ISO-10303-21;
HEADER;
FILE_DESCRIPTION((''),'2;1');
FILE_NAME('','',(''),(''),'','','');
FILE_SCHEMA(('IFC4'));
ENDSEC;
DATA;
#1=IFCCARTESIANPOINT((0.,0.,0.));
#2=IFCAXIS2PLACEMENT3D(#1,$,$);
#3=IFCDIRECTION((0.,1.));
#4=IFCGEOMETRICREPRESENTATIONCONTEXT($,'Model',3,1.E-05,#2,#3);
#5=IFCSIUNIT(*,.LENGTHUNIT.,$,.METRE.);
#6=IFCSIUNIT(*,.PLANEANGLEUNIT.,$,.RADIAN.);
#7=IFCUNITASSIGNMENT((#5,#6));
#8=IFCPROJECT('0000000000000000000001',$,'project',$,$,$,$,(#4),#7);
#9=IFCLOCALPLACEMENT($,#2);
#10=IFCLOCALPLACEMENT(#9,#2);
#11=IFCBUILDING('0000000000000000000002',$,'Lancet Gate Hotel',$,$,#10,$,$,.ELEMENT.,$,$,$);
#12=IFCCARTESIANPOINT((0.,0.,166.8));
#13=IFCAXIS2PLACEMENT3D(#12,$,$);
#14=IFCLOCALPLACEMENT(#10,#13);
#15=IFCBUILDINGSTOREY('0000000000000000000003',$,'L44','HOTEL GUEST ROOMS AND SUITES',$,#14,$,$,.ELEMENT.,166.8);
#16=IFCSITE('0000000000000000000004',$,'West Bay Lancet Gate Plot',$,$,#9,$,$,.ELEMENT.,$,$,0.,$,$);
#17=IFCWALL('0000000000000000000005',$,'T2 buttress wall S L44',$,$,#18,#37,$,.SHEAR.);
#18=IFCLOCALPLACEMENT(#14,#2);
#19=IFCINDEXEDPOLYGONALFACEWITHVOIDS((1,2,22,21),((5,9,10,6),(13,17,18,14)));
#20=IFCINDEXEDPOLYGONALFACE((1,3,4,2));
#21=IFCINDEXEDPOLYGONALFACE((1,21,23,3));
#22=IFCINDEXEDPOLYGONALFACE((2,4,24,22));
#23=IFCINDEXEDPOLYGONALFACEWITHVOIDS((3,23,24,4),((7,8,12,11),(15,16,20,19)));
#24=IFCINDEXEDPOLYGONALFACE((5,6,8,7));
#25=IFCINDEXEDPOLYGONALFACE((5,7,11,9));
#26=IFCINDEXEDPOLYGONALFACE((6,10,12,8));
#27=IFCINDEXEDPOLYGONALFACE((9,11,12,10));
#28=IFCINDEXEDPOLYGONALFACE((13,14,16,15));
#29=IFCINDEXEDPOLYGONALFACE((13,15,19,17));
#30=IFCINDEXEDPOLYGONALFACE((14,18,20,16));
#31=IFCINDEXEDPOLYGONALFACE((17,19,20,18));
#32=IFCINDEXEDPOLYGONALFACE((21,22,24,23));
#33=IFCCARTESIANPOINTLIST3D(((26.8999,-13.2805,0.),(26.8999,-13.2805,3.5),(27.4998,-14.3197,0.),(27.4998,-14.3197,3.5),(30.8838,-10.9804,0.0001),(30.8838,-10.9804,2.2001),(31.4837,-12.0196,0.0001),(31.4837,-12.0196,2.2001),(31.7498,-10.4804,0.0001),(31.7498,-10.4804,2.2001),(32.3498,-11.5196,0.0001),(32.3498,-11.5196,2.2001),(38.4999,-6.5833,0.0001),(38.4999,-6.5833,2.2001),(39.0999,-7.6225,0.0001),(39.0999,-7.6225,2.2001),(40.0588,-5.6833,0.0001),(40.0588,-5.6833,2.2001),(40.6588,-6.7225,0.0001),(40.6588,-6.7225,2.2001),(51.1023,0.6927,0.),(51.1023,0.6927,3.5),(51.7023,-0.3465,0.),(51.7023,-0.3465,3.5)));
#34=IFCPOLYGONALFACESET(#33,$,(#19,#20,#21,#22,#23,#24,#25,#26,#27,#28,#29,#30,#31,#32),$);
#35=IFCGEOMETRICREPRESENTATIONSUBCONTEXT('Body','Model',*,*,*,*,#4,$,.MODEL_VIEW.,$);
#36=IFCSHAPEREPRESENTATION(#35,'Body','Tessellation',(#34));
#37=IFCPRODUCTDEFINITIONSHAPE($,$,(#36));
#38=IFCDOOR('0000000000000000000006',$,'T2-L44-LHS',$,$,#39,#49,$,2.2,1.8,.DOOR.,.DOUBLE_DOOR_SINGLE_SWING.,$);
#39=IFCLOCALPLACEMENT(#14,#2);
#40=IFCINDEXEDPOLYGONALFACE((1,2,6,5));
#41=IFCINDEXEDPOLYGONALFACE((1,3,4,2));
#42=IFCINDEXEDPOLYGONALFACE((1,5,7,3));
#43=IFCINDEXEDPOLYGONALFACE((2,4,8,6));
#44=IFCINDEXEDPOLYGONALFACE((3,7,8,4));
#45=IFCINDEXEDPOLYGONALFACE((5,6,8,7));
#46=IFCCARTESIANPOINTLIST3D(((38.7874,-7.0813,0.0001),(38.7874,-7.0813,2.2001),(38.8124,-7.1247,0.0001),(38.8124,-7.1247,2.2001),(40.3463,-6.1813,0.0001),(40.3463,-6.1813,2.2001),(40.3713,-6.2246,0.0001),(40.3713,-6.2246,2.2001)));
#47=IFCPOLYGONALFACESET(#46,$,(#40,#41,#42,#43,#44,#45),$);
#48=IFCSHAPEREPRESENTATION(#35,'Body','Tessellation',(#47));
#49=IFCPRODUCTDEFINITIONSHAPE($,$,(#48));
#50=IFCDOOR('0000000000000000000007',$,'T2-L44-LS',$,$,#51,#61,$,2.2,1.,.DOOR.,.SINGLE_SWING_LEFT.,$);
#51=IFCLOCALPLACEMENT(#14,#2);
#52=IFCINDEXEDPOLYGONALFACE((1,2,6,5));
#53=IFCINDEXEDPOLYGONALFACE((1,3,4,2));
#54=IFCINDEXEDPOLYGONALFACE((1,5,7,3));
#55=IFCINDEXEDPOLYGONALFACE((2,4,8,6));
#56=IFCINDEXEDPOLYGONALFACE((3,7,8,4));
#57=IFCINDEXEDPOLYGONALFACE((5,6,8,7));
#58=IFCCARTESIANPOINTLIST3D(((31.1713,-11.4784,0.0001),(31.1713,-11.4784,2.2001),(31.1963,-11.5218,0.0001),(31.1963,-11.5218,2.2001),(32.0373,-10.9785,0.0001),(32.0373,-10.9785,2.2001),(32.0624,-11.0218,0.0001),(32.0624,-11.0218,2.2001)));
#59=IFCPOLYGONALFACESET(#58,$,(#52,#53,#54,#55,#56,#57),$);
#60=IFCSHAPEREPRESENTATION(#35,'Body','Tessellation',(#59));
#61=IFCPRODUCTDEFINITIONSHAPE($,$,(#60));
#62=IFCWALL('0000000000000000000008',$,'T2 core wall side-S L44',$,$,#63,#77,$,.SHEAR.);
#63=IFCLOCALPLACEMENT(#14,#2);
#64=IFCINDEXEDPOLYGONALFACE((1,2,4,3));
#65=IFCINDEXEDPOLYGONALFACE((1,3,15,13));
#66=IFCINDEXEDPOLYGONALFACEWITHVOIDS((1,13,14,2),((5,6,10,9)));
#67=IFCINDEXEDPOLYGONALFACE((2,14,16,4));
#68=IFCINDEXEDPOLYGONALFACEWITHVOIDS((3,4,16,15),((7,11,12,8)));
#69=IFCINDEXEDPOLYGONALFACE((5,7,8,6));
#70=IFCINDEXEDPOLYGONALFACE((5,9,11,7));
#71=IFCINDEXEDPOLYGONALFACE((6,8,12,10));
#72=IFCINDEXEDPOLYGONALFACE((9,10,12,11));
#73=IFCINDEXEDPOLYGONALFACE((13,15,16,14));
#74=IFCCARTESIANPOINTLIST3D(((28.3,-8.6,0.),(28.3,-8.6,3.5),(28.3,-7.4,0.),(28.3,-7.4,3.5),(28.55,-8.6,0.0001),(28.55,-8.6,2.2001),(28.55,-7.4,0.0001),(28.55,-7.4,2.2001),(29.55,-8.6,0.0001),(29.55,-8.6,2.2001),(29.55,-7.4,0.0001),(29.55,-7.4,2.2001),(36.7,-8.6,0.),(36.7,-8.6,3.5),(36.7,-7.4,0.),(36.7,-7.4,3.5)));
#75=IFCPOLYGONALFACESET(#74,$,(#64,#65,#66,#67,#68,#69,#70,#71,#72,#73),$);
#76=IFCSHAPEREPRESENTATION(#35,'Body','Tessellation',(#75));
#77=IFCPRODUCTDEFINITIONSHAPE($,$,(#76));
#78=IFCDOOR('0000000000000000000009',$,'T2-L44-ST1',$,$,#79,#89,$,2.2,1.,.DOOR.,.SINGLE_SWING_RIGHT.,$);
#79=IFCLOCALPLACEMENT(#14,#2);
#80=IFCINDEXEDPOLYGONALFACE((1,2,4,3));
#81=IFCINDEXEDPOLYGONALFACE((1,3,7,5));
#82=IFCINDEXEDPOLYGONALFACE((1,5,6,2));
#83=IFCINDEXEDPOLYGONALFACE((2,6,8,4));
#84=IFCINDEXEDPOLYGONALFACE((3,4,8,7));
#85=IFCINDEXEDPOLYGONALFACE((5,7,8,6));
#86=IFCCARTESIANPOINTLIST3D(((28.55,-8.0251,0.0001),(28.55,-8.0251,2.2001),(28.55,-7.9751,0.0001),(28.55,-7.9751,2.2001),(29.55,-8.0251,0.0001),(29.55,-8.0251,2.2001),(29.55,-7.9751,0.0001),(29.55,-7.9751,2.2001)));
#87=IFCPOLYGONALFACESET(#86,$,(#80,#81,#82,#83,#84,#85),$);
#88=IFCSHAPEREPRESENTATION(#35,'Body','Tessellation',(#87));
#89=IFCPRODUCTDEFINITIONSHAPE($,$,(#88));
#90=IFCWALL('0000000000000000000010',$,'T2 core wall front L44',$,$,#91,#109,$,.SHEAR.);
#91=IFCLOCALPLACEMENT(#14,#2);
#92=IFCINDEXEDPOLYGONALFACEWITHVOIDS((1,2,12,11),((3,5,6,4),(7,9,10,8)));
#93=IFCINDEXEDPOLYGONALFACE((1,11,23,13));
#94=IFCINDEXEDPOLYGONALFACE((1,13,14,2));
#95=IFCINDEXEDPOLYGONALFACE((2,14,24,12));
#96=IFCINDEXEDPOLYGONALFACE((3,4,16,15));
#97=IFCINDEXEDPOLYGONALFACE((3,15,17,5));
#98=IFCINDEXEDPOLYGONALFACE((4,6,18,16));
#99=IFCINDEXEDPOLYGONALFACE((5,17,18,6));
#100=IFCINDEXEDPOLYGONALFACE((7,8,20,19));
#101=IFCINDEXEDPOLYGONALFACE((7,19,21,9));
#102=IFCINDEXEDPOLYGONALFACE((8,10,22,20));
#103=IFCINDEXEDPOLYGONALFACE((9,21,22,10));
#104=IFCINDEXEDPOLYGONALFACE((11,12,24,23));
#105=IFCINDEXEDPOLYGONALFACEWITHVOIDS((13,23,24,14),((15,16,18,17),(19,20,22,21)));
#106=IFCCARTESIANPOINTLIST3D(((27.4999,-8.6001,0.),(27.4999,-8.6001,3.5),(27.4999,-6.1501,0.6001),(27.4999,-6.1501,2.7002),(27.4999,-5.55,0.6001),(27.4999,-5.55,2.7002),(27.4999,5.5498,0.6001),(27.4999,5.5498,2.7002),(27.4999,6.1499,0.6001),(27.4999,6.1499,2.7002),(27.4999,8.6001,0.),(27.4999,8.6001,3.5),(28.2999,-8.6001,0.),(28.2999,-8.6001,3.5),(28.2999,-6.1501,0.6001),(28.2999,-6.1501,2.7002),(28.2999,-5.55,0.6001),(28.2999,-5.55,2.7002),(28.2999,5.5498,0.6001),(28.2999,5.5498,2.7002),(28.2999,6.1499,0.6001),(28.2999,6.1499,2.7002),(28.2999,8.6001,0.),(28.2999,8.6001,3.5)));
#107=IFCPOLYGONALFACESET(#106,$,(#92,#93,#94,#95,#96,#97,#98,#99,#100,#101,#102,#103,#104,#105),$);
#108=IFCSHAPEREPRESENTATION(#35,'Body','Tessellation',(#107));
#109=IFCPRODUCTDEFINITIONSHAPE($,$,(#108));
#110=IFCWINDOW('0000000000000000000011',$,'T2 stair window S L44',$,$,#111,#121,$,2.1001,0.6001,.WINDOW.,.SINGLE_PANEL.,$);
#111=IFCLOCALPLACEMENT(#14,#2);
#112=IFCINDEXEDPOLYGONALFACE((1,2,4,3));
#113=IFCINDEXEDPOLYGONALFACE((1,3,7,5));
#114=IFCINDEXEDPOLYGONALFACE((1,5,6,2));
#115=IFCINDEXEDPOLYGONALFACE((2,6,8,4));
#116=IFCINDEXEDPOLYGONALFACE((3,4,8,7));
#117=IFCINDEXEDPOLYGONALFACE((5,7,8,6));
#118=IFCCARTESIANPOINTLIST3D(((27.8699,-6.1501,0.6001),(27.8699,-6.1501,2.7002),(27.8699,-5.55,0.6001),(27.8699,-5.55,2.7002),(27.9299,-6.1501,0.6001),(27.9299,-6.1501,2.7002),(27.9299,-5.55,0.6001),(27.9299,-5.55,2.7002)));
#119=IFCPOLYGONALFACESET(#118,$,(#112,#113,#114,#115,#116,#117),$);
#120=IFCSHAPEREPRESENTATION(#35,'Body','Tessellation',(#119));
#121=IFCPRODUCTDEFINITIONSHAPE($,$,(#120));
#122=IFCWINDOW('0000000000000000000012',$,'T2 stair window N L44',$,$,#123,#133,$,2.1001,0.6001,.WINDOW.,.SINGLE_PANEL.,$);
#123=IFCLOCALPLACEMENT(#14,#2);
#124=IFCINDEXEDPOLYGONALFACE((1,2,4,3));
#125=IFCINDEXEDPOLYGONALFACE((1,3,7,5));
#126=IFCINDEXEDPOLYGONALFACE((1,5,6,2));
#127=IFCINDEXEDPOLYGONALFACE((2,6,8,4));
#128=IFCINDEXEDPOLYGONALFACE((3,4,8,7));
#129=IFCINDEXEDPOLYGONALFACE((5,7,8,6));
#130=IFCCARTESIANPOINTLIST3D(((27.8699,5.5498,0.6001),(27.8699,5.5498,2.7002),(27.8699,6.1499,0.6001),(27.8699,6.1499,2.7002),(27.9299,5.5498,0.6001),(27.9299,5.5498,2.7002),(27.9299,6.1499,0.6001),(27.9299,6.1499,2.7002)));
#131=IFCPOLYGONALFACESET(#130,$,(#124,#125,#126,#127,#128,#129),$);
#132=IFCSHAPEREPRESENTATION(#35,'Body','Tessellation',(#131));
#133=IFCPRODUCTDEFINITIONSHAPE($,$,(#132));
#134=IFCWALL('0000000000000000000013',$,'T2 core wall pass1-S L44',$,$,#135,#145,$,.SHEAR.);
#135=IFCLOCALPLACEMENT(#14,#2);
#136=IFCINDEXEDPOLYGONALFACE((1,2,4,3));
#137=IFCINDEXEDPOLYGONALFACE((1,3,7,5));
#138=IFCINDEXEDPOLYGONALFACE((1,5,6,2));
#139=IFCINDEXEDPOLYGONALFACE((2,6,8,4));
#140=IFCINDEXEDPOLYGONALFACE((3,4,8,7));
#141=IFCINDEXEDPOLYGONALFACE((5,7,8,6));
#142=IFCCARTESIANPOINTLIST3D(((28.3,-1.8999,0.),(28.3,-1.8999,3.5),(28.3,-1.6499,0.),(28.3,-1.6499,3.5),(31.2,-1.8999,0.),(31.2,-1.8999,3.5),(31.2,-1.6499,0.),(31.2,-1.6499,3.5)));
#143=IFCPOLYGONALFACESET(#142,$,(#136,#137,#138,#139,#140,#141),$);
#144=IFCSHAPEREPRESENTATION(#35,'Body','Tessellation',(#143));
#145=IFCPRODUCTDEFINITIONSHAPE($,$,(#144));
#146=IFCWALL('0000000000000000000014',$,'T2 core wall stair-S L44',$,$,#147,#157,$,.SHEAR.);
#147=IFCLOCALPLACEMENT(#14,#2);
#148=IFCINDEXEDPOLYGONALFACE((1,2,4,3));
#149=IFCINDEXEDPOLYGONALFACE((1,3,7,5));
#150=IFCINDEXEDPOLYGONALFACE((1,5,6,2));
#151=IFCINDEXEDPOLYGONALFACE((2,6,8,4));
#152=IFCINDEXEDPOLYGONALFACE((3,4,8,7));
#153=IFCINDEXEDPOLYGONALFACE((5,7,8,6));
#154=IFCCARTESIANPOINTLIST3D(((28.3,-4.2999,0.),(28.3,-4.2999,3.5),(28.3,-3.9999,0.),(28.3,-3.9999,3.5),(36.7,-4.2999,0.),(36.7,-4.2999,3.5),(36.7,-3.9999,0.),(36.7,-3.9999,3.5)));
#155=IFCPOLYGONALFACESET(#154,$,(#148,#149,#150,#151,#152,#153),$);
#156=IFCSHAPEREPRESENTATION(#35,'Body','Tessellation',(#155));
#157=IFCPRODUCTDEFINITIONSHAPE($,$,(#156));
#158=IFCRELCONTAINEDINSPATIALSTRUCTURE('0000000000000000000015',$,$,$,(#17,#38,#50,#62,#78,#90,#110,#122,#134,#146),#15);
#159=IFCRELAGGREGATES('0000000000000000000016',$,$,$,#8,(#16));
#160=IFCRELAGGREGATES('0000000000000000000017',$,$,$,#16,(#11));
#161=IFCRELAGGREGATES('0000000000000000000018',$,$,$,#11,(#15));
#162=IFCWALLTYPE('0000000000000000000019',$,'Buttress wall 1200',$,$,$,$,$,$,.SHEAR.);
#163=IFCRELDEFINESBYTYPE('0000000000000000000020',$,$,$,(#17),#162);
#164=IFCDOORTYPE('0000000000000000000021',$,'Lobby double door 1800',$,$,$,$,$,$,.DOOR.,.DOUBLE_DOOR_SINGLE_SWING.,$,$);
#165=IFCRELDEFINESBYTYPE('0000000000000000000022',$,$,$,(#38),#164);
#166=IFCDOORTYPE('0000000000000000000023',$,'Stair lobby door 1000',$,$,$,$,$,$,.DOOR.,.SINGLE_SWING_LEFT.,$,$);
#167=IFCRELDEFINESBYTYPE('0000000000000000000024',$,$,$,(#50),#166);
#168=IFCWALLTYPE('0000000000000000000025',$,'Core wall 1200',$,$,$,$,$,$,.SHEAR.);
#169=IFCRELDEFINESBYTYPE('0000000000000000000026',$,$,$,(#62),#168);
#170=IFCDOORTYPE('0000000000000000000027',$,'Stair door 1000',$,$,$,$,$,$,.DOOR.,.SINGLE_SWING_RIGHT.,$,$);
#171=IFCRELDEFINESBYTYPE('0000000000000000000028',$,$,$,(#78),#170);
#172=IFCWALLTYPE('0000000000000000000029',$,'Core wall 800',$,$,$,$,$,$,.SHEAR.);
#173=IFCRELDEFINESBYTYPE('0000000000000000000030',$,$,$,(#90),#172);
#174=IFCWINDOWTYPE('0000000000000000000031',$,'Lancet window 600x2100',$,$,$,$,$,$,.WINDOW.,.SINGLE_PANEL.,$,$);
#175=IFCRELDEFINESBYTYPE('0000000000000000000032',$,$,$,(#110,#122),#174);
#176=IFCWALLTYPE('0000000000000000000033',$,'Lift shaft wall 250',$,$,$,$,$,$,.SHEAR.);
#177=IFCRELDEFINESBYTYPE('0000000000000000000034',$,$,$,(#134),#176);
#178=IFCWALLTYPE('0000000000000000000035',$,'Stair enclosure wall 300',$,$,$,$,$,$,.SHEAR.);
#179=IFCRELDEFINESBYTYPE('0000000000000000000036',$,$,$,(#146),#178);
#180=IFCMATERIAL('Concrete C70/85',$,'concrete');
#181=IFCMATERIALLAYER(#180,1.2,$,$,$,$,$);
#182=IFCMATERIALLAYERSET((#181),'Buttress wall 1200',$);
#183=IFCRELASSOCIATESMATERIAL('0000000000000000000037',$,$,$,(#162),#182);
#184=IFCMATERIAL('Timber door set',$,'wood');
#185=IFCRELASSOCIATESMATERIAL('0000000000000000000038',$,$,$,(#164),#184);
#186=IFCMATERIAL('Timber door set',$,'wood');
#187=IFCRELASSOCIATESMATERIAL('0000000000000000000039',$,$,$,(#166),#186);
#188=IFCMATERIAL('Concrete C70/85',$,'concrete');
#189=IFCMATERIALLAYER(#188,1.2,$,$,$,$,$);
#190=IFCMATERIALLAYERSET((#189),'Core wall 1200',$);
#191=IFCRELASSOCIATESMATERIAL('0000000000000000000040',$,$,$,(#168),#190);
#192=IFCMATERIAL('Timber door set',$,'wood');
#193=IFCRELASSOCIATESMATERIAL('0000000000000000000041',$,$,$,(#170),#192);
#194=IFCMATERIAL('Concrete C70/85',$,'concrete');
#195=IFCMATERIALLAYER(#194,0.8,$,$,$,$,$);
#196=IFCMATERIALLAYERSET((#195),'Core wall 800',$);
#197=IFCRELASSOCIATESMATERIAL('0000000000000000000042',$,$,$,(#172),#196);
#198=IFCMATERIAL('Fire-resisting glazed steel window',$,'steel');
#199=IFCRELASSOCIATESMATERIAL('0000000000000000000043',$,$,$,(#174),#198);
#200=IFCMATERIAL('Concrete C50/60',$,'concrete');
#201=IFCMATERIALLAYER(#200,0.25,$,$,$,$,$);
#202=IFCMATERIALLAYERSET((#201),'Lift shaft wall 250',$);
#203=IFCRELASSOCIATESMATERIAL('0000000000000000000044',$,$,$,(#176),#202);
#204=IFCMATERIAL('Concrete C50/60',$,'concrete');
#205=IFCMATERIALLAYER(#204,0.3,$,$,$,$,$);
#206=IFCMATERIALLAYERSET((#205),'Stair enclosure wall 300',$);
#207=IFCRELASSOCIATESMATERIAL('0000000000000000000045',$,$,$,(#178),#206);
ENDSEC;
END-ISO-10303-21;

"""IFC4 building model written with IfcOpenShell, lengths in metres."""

from ifc_helpers import new_model, si_unit, direction, frame, frame_2d, origin, place, context, subcontext, project, spatial, rectangle, extrude, material, layer, layer_set, type_object, element, fill, save


model = new_model("IFC4")

# Units and contexts
model_context = context("Model", 3, precision=1e-05, world=origin(), true_north=direction((0.0, 1.0)))
body_context = subcontext(model_context, "Body", "Model", "MODEL_VIEW")
ifc_project = project(units=[si_unit("LENGTHUNIT", "METRE"), si_unit("PLANEANGLEUNIT", "RADIAN")], contexts=[model_context])

# Site, building, storey
site_placement = place(None, origin())
site = spatial("IfcSite", under=ifc_project, at=site_placement, Name="West Bay Lancet Gate Plot", CompositionType="ELEMENT", RefElevation=0.0)
building_placement = place(site_placement, origin())
building = spatial("IfcBuilding", under=site, at=building_placement, Name="Lancet Gate Hotel", CompositionType="ELEMENT")
storey_placement = place(building_placement, frame((0.0, 0.0, 166.8)))
storey = spatial("IfcBuildingStorey", under=building, at=storey_placement, Name="L44", Description="HOTEL GUEST ROOMS AND SUITES", CompositionType="ELEMENT", Elevation=166.8)

# Wall, openings, doors
ifc_material_1 = material(Name="Concrete C70/85", Category="concrete")
ifc_layer_1 = layer(ifc_material_1, 1.2)
ifc_layer_set_1 = layer_set([ifc_layer_1], Name="Buttress wall 1200")
wall_type_1 = type_object("IfcWallType", Name="Buttress wall 1200", PredefinedType="SHEAR", material=ifc_layer_set_1)
wall_1_placement = place(storey_placement, frame((27.2, -13.8, 0.0), z_axis=(0.0, 0.0, 1.0), x_axis=(0.866027, 0.499997, 0.0)))
wall_1 = element("IfcWall", 1, at=wall_1_placement, inside=storey, type_object=wall_type_1, Name="T2 buttress wall S L44", PredefinedType="SHEAR", context=body_context, shape_type="SweptSolid", body=[
    extrude(rectangle(XDim=27.9465, YDim=1.2, at=frame_2d((13.9731, 0.0))), origin(), (0.0, 0.0, 1.0), 3.5),
])
opening_1_placement = place(wall_1_placement, frame((4.6001, 0.0, 0.0)))
opening_1 = element("IfcOpeningElement", 2, at=opening_1_placement, cuts=wall_1, PredefinedType="OPENING", context=body_context, shape_type="SweptSolid", body=[
    extrude(rectangle(XDim=1.0, YDim=2.2, at=frame_2d((0.5, 1.1001))), frame((0.0, 0.6099, 0.0), z_axis=(0.0, -1.0, 0.0), x_axis=(1.0, 0.0, 0.0)), (0.0, 0.0, 1.0), 1.22),
])
opening_2_placement = place(wall_1_placement, frame((13.3945, 0.0, 0.0)))
opening_2 = element("IfcOpeningElement", 3, at=opening_2_placement, cuts=wall_1, PredefinedType="OPENING", context=body_context, shape_type="SweptSolid", body=[
    extrude(rectangle(XDim=1.8, YDim=2.2, at=frame_2d((0.8999, 1.1001))), frame((0.0, 0.6099, 0.0), z_axis=(0.0, -1.0, 0.0), x_axis=(1.0, 0.0, 0.0)), (0.0, 0.0, 1.0), 1.22),
])
ifc_material_2 = material(Name="Timber door set", Category="wood")
door_type_1 = type_object("IfcDoorType", Name="Lobby double door 1800", OperationType="DOUBLE_DOOR_SINGLE_SWING", PredefinedType="DOOR", material=ifc_material_2)
door_1_placement = place(opening_2_placement, origin())
door_1 = element("IfcDoor", 4, at=door_1_placement, inside=storey, type_object=door_type_1, Name="T2-L44-LHS", OperationType="DOUBLE_DOOR_SINGLE_SWING", OverallHeight=2.2, OverallWidth=1.8, PredefinedType="DOOR", context=body_context, shape_type="SweptSolid", body=[
    extrude(rectangle(XDim=1.8, YDim=2.2, at=frame_2d((0.8999, 1.1001))), frame((0.0, 0.0249, 0.0), z_axis=(0.0, -1.0, 0.0), x_axis=(1.0, 0.0, 0.0)), (0.0, 0.0, 1.0), 0.05),
])
fill(opening_2, door_1)
ifc_material_3 = material(Name="Timber door set", Category="wood")
door_type_2 = type_object("IfcDoorType", Name="Stair lobby door 1000", OperationType="SINGLE_SWING_LEFT", PredefinedType="DOOR", material=ifc_material_3)
door_2_placement = place(opening_1_placement, origin())
door_2 = element("IfcDoor", 5, at=door_2_placement, inside=storey, type_object=door_type_2, Name="T2-L44-LS", OperationType="SINGLE_SWING_LEFT", OverallHeight=2.2, OverallWidth=1.0, PredefinedType="DOOR", context=body_context, shape_type="SweptSolid", body=[
    extrude(rectangle(XDim=1.0, YDim=2.2, at=frame_2d((0.5, 1.1001))), frame((0.0, 0.0249, 0.0), z_axis=(0.0, -1.0, 0.0), x_axis=(1.0, 0.0, 0.0)), (0.0, 0.0, 1.0), 0.05),
])
fill(opening_1, door_2)

# Wall, opening, door
ifc_material_4 = material(Name="Concrete C70/85", Category="concrete")
ifc_layer_2 = layer(ifc_material_4, 1.2)
ifc_layer_set_2 = layer_set([ifc_layer_2], Name="Core wall 1200")
wall_type_2 = type_object("IfcWallType", Name="Core wall 1200", PredefinedType="SHEAR", material=ifc_layer_set_2)
wall_2_placement = place(storey_placement, frame((28.3, -8.0, 0.0), z_axis=(0.0, 0.0, 1.0), x_axis=(1.0, 0.0, 0.0)))
wall_2 = element("IfcWall", 6, at=wall_2_placement, inside=storey, type_object=wall_type_2, Name="T2 core wall side-S L44", PredefinedType="SHEAR", context=body_context, shape_type="SweptSolid", body=[
    extrude(rectangle(XDim=8.3999, YDim=1.2, at=frame_2d((4.2, 0.0))), origin(), (0.0, 0.0, 1.0), 3.5),
])
opening_3_placement = place(wall_2_placement, frame((0.25, 0.0, 0.0)))
opening_3 = element("IfcOpeningElement", 7, at=opening_3_placement, cuts=wall_2, PredefinedType="OPENING", context=body_context, shape_type="SweptSolid", body=[
    extrude(rectangle(XDim=1.0, YDim=2.2, at=frame_2d((0.5, 1.1001))), frame((0.0, 0.6099, 0.0), z_axis=(0.0, -1.0, 0.0), x_axis=(1.0, 0.0, 0.0)), (0.0, 0.0, 1.0), 1.22),
])
ifc_material_5 = material(Name="Timber door set", Category="wood")
door_type_3 = type_object("IfcDoorType", Name="Stair door 1000", OperationType="SINGLE_SWING_RIGHT", PredefinedType="DOOR", material=ifc_material_5)
door_3_placement = place(opening_3_placement, origin())
door_3 = element("IfcDoor", 8, at=door_3_placement, inside=storey, type_object=door_type_3, Name="T2-L44-ST1", OperationType="SINGLE_SWING_RIGHT", OverallHeight=2.2, OverallWidth=1.0, PredefinedType="DOOR", context=body_context, shape_type="SweptSolid", body=[
    extrude(rectangle(XDim=1.0, YDim=2.2, at=frame_2d((0.5, 1.1001))), frame((0.0, 0.0249, 0.0), z_axis=(0.0, -1.0, 0.0), x_axis=(1.0, 0.0, 0.0)), (0.0, 0.0, 1.0), 0.05),
])
fill(opening_3, door_3)

# Wall, openings, windows
ifc_material_6 = material(Name="Concrete C70/85", Category="concrete")
ifc_layer_3 = layer(ifc_material_6, 0.8)
ifc_layer_set_3 = layer_set([ifc_layer_3], Name="Core wall 800")
wall_type_3 = type_object("IfcWallType", Name="Core wall 800", PredefinedType="SHEAR", material=ifc_layer_set_3)
wall_3_placement = place(storey_placement, frame((27.8999, -8.6001, 0.0), z_axis=(0.0, 0.0, 1.0), x_axis=(0.0, 1.0, 0.0)))
wall_3 = element("IfcWall", 9, at=wall_3_placement, inside=storey, type_object=wall_type_3, Name="T2 core wall front L44", PredefinedType="SHEAR", context=body_context, shape_type="SweptSolid", body=[
    extrude(rectangle(XDim=17.2002, YDim=0.8, at=frame_2d((8.6001, 0.0))), origin(), (0.0, 0.0, 1.0), 3.5),
])
opening_4_placement = place(wall_3_placement, frame((2.45, 0.0, 0.6001)))
opening_4 = element("IfcOpeningElement", 10, at=opening_4_placement, cuts=wall_3, PredefinedType="OPENING", context=body_context, shape_type="SweptSolid", body=[
    extrude(rectangle(XDim=0.6001, YDim=2.1001, at=frame_2d((0.3, 1.05))), frame((0.0, 0.4099, 0.0), z_axis=(0.0, -1.0, 0.0), x_axis=(1.0, 0.0, 0.0)), (0.0, 0.0, 1.0), 0.8201),
])
opening_5_placement = place(wall_3_placement, frame((14.1499, 0.0, 0.6001)))
opening_5 = element("IfcOpeningElement", 11, at=opening_5_placement, cuts=wall_3, PredefinedType="OPENING", context=body_context, shape_type="SweptSolid", body=[
    extrude(rectangle(XDim=0.6001, YDim=2.1001, at=frame_2d((0.3, 1.05))), frame((0.0, 0.4099, 0.0), z_axis=(0.0, -1.0, 0.0), x_axis=(1.0, 0.0, 0.0)), (0.0, 0.0, 1.0), 0.8201),
])
ifc_material_7 = material(Name="Fire-resisting glazed steel window", Category="steel")
window_type = type_object("IfcWindowType", Name="Lancet window 600x2100", PartitioningType="SINGLE_PANEL", PredefinedType="WINDOW", material=ifc_material_7)
window_1_placement = place(opening_4_placement, origin())
window_1 = element("IfcWindow", 12, at=window_1_placement, inside=storey, type_object=window_type, Name="T2 stair window S L44", OverallHeight=2.1001, OverallWidth=0.6001, PartitioningType="SINGLE_PANEL", PredefinedType="WINDOW", context=body_context, shape_type="SweptSolid", body=[
    extrude(rectangle(XDim=0.6001, YDim=2.1001, at=frame_2d((0.3, 1.05))), frame((0.0, 0.03, 0.0), z_axis=(0.0, -1.0, 0.0), x_axis=(1.0, 0.0, 0.0)), (0.0, 0.0, 1.0), 0.0601),
])
fill(opening_4, window_1)
window_2_placement = place(opening_5_placement, origin())
window_2 = element("IfcWindow", 13, at=window_2_placement, inside=storey, type_object=window_type, Name="T2 stair window N L44", OverallHeight=2.1001, OverallWidth=0.6001, PartitioningType="SINGLE_PANEL", PredefinedType="WINDOW", context=body_context, shape_type="SweptSolid", body=[
    extrude(rectangle(XDim=0.6001, YDim=2.1001, at=frame_2d((0.3, 1.05))), frame((0.0, 0.03, 0.0), z_axis=(0.0, -1.0, 0.0), x_axis=(1.0, 0.0, 0.0)), (0.0, 0.0, 1.0), 0.0601),
])
fill(opening_5, window_2)

# Walls
ifc_material_8 = material(Name="Concrete C50/60", Category="concrete")
ifc_layer_4 = layer(ifc_material_8, 0.25)
ifc_layer_set_4 = layer_set([ifc_layer_4], Name="Lift shaft wall 250")
wall_type_4 = type_object("IfcWallType", Name="Lift shaft wall 250", PredefinedType="SHEAR", material=ifc_layer_set_4)
wall_4_placement = place(storey_placement, frame((28.3, -1.7749, 0.0), z_axis=(0.0, 0.0, 1.0), x_axis=(1.0, 0.0, 0.0)))
element("IfcWall", 14, at=wall_4_placement, inside=storey, type_object=wall_type_4, Name="T2 core wall pass1-S L44", PredefinedType="SHEAR", context=body_context, shape_type="SweptSolid", body=[
    extrude(rectangle(XDim=2.8999, YDim=0.25, at=frame_2d((1.45, 0.0))), origin(), (0.0, 0.0, 1.0), 3.5),
])
ifc_material_9 = material(Name="Concrete C50/60", Category="concrete")
ifc_layer_5 = layer(ifc_material_9, 0.3)
ifc_layer_set_5 = layer_set([ifc_layer_5], Name="Stair enclosure wall 300")
wall_type_5 = type_object("IfcWallType", Name="Stair enclosure wall 300", PredefinedType="SHEAR", material=ifc_layer_set_5)
wall_5_placement = place(storey_placement, frame((28.3, -4.1499, 0.0), z_axis=(0.0, 0.0, 1.0), x_axis=(1.0, 0.0, 0.0)))
element("IfcWall", 15, at=wall_5_placement, inside=storey, type_object=wall_type_5, Name="T2 core wall stair-S L44", PredefinedType="SHEAR", context=body_context, shape_type="SweptSolid", body=[
    extrude(rectangle(XDim=8.3999, YDim=0.3, at=frame_2d((4.2, 0.0))), origin(), (0.0, 0.0, 1.0), 3.5),
])

save(model, "model.ifc")
